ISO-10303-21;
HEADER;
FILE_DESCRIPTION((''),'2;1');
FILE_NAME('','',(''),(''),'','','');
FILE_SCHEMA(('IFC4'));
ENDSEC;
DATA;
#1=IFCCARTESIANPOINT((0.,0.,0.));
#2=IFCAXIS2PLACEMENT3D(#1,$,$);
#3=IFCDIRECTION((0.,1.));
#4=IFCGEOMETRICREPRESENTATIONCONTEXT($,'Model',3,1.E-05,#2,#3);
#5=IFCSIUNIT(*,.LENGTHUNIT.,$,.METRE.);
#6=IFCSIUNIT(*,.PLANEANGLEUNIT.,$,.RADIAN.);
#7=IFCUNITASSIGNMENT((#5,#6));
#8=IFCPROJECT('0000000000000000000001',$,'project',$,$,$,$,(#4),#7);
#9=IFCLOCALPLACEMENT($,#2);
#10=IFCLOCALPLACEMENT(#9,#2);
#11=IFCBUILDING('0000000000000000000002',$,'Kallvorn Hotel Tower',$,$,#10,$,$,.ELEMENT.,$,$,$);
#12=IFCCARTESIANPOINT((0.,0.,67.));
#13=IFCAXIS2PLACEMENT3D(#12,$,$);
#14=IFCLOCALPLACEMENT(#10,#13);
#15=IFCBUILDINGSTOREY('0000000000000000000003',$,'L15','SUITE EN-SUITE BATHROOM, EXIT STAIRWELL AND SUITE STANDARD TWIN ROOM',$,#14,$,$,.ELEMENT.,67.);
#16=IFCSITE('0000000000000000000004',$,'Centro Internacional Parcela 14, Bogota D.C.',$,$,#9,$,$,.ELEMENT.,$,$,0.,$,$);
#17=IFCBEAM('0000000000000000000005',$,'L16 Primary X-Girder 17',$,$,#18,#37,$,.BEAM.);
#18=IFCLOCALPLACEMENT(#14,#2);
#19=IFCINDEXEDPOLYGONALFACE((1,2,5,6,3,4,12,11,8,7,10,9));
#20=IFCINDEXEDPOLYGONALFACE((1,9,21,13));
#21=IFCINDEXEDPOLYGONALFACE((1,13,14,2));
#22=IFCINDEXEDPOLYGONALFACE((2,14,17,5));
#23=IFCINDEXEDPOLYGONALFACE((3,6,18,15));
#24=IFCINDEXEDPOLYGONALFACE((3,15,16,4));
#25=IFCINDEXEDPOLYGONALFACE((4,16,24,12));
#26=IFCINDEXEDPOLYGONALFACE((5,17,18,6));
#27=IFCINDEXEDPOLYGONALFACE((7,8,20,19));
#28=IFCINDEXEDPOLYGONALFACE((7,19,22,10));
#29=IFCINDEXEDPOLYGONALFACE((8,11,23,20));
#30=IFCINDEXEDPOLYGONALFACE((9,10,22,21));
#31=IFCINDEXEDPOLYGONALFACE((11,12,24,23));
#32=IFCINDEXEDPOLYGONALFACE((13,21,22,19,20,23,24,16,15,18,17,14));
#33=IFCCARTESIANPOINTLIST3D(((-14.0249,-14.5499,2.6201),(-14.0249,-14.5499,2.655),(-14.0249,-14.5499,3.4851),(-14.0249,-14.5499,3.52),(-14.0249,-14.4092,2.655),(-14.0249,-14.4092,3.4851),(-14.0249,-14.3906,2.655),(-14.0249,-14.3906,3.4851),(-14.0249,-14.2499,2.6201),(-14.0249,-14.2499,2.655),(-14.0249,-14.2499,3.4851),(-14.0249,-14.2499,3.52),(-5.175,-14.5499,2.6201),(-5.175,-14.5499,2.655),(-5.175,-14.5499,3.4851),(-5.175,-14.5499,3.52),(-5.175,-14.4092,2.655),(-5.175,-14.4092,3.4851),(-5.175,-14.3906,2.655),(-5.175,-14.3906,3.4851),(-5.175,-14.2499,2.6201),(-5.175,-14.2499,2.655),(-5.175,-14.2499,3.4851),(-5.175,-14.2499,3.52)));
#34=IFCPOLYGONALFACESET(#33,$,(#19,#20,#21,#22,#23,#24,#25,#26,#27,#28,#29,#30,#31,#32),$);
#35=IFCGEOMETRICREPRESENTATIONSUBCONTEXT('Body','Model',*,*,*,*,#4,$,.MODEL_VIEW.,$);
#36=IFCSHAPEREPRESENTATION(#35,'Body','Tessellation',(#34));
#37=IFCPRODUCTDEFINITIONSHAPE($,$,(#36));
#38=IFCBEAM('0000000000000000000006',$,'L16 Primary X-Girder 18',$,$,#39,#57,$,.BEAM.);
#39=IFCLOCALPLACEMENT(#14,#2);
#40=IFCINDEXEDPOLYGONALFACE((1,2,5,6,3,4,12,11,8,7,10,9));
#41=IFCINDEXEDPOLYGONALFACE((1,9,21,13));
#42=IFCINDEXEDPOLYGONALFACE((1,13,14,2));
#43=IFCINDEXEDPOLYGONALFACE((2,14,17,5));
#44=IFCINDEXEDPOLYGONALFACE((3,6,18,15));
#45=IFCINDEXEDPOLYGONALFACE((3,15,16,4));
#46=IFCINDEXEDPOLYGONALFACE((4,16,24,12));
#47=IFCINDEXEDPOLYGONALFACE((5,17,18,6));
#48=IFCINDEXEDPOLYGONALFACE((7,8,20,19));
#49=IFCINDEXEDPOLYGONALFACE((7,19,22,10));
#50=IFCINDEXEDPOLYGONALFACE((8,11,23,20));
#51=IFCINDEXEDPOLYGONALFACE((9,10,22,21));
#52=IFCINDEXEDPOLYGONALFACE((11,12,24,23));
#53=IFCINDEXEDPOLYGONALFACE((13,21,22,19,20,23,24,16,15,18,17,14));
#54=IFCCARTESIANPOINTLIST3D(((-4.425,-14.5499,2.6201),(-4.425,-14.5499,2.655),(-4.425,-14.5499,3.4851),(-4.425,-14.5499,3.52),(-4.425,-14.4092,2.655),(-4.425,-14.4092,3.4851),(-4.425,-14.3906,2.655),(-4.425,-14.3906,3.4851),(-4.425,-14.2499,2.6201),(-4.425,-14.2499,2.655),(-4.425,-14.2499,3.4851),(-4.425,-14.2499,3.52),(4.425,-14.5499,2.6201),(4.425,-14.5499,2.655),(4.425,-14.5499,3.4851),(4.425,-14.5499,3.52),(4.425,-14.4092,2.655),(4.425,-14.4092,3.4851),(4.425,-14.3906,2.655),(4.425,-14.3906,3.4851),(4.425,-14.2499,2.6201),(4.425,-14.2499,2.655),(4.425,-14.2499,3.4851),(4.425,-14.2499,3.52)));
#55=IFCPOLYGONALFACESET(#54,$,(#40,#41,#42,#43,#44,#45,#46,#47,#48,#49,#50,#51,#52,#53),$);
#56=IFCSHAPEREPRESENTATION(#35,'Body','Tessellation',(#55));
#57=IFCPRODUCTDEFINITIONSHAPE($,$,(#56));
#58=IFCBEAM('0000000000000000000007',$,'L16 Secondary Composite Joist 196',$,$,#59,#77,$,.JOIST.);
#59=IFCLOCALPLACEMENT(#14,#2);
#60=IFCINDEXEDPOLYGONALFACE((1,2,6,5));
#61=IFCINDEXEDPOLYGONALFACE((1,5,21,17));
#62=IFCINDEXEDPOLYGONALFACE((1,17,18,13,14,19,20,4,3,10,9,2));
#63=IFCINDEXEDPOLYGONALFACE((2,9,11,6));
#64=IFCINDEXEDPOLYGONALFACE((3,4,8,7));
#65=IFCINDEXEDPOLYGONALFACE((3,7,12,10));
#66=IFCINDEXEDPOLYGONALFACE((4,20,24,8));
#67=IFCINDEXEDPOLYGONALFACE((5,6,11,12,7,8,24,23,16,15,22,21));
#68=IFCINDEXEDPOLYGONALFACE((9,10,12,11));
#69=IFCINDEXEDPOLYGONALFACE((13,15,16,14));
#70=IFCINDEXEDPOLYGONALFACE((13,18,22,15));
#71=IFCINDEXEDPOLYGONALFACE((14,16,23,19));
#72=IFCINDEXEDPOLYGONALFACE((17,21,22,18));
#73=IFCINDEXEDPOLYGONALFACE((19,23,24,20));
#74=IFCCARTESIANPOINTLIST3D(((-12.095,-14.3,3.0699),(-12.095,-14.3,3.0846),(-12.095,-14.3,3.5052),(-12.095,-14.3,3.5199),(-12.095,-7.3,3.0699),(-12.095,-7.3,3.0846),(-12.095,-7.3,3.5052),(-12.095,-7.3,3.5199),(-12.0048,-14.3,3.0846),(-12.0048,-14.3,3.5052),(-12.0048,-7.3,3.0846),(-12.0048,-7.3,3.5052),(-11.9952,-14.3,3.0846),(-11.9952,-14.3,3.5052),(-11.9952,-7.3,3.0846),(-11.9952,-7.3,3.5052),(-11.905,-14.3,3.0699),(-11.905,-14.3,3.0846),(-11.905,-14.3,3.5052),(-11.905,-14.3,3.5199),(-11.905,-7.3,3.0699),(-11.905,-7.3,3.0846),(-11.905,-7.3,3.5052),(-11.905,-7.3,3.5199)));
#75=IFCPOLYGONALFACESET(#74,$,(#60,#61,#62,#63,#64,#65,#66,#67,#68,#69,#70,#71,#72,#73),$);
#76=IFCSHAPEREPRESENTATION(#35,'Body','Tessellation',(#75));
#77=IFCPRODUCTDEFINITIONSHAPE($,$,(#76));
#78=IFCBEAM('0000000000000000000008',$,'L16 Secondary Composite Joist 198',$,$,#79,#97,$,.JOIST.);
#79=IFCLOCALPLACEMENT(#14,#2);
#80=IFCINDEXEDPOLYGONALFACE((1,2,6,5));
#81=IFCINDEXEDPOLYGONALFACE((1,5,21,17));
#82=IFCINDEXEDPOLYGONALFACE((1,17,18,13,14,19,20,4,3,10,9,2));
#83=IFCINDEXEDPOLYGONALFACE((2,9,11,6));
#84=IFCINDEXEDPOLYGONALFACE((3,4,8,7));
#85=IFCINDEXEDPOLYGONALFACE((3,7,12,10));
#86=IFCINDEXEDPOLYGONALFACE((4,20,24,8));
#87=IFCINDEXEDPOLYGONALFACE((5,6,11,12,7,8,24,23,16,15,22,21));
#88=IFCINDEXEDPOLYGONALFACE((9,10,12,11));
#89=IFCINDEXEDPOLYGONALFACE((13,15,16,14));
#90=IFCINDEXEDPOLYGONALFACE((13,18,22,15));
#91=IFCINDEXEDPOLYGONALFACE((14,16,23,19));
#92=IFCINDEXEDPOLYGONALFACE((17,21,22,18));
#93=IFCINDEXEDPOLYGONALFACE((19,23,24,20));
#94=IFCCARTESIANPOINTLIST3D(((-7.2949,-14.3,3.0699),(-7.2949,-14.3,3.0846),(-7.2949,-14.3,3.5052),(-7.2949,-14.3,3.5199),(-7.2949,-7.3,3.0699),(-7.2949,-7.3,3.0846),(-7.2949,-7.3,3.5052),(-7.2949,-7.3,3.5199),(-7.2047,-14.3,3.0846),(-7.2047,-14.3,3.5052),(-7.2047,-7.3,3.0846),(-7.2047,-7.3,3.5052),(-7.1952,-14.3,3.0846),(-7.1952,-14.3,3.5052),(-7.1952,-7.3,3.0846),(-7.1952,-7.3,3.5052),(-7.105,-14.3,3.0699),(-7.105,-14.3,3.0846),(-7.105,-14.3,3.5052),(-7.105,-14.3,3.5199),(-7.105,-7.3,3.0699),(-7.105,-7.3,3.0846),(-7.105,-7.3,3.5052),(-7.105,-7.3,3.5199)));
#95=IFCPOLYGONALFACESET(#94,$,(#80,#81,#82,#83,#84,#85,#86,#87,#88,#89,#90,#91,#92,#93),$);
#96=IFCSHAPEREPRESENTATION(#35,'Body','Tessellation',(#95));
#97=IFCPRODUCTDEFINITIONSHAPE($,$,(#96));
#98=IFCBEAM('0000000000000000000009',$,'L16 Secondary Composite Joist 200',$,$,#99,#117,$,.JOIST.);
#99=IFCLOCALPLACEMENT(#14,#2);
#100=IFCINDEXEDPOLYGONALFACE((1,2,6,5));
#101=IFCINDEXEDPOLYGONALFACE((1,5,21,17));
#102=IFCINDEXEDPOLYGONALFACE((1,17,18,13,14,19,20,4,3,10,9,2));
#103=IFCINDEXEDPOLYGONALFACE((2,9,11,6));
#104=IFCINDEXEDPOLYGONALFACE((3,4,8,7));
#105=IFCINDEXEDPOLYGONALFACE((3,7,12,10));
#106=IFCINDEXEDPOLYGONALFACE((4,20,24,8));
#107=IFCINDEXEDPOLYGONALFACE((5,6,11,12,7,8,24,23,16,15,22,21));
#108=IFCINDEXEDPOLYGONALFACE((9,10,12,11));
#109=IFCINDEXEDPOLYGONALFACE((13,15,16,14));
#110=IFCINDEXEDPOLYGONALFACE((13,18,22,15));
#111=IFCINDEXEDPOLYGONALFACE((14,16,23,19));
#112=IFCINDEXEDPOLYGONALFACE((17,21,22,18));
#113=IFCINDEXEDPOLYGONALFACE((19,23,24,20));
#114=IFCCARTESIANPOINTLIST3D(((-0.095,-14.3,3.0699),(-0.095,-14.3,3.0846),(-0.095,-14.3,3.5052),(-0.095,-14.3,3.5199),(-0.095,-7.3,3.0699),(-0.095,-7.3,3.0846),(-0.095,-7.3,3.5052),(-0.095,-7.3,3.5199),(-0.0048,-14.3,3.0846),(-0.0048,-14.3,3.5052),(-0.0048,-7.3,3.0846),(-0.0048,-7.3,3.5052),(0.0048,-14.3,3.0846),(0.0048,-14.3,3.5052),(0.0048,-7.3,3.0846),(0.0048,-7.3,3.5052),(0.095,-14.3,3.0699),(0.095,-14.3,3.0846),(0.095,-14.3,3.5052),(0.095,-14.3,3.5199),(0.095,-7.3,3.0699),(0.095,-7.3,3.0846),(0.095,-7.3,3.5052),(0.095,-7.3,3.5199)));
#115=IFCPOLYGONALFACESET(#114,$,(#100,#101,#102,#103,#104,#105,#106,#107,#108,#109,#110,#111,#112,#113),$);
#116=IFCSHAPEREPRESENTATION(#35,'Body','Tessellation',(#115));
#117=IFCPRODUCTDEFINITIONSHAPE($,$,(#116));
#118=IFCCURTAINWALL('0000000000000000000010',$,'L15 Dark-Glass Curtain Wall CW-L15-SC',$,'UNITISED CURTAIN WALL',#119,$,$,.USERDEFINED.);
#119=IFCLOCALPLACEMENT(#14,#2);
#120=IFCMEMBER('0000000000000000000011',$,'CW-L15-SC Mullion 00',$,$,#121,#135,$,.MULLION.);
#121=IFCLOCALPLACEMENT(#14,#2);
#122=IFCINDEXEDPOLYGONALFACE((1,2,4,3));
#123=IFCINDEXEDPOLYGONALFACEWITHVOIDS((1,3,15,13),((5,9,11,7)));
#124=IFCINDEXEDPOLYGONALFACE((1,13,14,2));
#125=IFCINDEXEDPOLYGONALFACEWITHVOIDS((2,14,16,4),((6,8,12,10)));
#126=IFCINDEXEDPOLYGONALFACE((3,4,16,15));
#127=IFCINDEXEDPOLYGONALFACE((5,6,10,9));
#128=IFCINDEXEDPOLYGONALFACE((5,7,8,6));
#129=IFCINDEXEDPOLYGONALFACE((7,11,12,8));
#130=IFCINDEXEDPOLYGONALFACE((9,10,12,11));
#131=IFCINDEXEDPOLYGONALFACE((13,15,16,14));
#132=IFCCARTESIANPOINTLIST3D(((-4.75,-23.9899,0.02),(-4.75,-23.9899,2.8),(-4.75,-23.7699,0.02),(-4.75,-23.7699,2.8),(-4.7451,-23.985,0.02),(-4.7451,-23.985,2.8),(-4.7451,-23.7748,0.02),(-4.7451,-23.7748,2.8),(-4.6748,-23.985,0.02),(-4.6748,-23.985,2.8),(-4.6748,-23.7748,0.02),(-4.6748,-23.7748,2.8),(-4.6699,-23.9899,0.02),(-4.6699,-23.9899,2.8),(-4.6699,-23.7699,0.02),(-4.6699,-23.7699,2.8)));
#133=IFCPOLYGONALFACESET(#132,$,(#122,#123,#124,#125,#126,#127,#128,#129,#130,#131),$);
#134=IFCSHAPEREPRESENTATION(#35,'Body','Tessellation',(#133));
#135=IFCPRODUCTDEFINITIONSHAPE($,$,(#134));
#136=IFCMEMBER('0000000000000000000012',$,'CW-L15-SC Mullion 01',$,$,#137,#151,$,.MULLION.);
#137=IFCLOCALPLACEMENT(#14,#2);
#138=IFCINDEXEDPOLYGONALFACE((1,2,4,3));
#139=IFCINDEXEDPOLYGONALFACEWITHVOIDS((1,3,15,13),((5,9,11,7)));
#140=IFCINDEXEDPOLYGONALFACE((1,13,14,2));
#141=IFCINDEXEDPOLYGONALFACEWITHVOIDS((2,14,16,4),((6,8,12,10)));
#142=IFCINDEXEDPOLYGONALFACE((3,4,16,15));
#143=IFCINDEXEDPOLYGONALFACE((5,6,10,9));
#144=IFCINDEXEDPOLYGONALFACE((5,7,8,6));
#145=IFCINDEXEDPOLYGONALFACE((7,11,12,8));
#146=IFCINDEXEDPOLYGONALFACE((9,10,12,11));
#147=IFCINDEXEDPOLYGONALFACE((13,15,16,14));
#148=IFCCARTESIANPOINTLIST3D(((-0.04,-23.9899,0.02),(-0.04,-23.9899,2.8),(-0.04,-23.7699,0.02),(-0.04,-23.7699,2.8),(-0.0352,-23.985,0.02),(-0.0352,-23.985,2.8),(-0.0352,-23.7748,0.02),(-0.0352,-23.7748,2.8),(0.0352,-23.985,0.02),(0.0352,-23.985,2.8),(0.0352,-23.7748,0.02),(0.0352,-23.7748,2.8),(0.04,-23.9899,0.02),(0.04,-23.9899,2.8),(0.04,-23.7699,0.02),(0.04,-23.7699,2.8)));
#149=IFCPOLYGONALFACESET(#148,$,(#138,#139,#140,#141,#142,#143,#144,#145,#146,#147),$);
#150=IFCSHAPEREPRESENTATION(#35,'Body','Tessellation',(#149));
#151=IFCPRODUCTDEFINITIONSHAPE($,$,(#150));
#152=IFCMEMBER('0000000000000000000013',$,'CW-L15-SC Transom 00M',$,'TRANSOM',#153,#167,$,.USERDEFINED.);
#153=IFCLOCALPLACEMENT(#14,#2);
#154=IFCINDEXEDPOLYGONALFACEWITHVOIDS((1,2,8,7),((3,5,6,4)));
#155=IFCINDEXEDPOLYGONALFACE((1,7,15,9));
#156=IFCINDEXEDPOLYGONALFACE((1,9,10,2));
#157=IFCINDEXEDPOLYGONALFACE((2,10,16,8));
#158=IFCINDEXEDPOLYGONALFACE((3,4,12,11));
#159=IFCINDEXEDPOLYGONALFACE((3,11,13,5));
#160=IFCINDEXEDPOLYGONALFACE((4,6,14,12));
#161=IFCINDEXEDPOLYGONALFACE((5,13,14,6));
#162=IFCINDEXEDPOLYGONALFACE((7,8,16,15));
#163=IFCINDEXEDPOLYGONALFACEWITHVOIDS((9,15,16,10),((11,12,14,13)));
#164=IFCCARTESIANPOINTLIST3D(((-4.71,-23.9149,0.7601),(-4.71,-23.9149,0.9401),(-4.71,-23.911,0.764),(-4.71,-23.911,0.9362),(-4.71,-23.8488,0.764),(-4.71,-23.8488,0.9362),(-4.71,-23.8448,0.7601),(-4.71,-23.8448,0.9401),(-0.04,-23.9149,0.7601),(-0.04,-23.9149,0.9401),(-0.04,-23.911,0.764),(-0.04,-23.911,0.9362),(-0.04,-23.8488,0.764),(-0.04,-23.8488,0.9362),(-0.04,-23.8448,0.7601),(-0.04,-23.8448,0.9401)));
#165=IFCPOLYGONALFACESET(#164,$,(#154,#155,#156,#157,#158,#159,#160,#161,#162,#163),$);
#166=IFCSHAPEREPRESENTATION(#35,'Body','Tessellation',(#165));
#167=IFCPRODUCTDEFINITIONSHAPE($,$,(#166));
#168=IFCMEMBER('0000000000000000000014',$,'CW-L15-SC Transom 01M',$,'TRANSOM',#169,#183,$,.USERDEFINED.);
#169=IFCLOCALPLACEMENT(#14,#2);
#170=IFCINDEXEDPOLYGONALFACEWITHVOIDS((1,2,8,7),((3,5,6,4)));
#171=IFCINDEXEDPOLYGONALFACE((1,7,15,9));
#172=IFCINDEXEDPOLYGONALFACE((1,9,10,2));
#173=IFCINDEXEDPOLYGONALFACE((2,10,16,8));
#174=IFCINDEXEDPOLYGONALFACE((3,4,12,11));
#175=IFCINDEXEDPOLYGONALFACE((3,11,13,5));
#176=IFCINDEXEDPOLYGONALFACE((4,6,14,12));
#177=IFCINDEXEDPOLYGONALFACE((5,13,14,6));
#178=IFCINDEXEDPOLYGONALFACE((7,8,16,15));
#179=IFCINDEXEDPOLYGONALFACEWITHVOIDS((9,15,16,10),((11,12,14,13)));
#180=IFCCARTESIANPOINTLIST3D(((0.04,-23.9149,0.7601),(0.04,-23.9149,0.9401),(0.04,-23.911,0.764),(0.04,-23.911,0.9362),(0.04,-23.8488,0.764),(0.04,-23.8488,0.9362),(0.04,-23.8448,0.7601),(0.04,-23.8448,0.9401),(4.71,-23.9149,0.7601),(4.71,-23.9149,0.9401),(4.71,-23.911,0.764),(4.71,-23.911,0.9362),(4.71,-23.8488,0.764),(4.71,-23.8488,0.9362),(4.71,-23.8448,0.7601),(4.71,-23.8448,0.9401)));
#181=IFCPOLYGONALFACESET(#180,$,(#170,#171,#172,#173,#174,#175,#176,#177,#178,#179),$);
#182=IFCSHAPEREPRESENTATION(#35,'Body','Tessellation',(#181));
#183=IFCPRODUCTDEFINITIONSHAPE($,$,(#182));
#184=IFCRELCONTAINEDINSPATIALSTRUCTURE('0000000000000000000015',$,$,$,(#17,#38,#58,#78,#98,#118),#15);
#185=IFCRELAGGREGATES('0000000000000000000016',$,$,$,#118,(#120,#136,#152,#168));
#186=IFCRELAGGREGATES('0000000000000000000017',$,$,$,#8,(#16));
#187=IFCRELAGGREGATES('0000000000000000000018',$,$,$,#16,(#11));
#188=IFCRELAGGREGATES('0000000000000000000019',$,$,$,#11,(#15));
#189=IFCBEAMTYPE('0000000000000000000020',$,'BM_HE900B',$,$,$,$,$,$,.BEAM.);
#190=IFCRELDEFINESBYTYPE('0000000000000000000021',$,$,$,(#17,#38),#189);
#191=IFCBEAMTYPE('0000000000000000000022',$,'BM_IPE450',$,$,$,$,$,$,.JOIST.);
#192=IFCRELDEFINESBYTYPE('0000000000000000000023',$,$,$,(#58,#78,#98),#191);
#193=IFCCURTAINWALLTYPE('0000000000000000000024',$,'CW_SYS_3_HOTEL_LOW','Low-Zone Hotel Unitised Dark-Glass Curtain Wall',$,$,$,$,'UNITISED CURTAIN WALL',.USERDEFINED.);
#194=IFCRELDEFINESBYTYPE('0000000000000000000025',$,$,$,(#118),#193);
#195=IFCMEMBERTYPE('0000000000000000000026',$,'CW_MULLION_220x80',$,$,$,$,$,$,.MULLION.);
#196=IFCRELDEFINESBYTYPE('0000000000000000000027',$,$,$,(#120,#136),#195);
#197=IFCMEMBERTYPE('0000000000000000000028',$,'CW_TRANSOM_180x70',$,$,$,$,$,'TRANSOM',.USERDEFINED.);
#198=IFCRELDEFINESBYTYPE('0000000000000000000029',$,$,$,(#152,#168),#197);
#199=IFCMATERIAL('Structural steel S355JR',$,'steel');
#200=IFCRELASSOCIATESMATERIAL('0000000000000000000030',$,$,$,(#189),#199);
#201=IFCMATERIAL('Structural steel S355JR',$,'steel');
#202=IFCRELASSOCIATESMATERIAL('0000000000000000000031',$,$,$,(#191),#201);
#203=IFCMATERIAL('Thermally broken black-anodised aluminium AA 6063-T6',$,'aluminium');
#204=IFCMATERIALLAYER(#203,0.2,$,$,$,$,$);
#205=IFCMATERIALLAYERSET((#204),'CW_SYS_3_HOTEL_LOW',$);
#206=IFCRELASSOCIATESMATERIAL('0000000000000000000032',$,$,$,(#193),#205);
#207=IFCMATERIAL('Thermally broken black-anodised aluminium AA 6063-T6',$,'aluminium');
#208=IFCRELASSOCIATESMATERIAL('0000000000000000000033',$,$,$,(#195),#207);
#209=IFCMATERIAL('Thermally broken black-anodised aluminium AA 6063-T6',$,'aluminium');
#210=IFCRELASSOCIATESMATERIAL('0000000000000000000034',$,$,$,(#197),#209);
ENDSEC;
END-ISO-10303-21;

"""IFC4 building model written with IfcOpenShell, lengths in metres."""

from ifc_helpers import new_model, si_unit, direction, frame, origin, origin_2d, place, context, subcontext, project, spatial, hollow_rectangle, i_section, extrude, material, layer, layer_set, material_profile, profile_set, type_object, element, aggregate, save


model = new_model("IFC4")

# Units and contexts
model_context = context("Model", 3, precision=1e-05, world=origin(), true_north=direction((0.0, 1.0)))
body_context = subcontext(model_context, "Body", "Model", "MODEL_VIEW")
ifc_project = project(units=[si_unit("LENGTHUNIT", "METRE"), si_unit("PLANEANGLEUNIT", "RADIAN")], contexts=[model_context])

# Site, building, storey
site_placement = place(None, origin())
site = spatial("IfcSite", under=ifc_project, at=site_placement, Name="Centro Internacional Parcela 14, Bogota D.C.", CompositionType="ELEMENT", RefElevation=0.0)
building_placement = place(site_placement, origin())
building = spatial("IfcBuilding", under=site, at=building_placement, Name="Kallvorn Hotel Tower", CompositionType="ELEMENT")
storey_placement = place(building_placement, frame((0.0, 0.0, 67.0)))
storey = spatial("IfcBuildingStorey", under=building, at=storey_placement, Name="L15", Description="SUITE EN-SUITE BATHROOM, EXIT STAIRWELL AND SUITE STANDARD TWIN ROOM", CompositionType="ELEMENT", Elevation=67.0)

# Beams
ifc_material_1 = material(Name="Structural steel S355JR", Category="steel")
ifc_material_profile_1 = material_profile(ifc_material_1, i_section(OverallWidth=0.3, OverallDepth=0.8999, WebThickness=0.0186, FlangeThickness=0.0349, at=origin_2d()), Name="HE 900 B")
ifc_profile_set_1 = profile_set([ifc_material_profile_1], Name="Structural steel S355JR")
beam_type_1 = type_object("IfcBeamType", Name="BM_HE900B", PredefinedType="BEAM", material=ifc_profile_set_1)
beam_1_placement = place(storey_placement, frame((-14.0249, -14.3999, 3.0701), z_axis=(1.0, 0.0, 0.0), x_axis=(0.0, 1.0, 0.0)))
element("IfcBeam", 1, at=beam_1_placement, inside=storey, type_object=beam_type_1, Name="L16 Primary X-Girder 17", PredefinedType="BEAM", context=body_context, shape_type="SweptSolid", body=[
    extrude(i_section(OverallWidth=0.3, OverallDepth=0.8999, WebThickness=0.0186, FlangeThickness=0.0349, at=origin_2d()), origin(), (0.0, 0.0, 1.0), 8.8499),
])
beam_2_placement = place(storey_placement, frame((-4.425, -14.3999, 3.0701), z_axis=(1.0, 0.0, 0.0), x_axis=(0.0, 1.0, 0.0)))
element("IfcBeam", 2, at=beam_2_placement, inside=storey, type_object=beam_type_1, Name="L16 Primary X-Girder 18", PredefinedType="BEAM", context=body_context, shape_type="SweptSolid", body=[
    extrude(i_section(OverallWidth=0.3, OverallDepth=0.8999, WebThickness=0.0186, FlangeThickness=0.0349, at=origin_2d()), origin(), (0.0, 0.0, 1.0), 8.8501),
])
ifc_material_2 = material(Name="Structural steel S355JR", Category="steel")
ifc_material_profile_2 = material_profile(ifc_material_2, i_section(OverallWidth=0.1899, OverallDepth=0.45, WebThickness=0.0095, FlangeThickness=0.0146, at=origin_2d()), Name="IPE 450")
ifc_profile_set_2 = profile_set([ifc_material_profile_2], Name="Structural steel S355JR")
beam_type_2 = type_object("IfcBeamType", Name="BM_IPE450", PredefinedType="JOIST", material=ifc_profile_set_2)
for number, where, z_axis, x_axis, name in (
    (3, (-12.0, -14.3, 3.2949), (0.0, 1.0, 0.0), (-1.0, 0.0, 0.0), "L16 Secondary Composite Joist 196"),
    (4, (-7.2, -14.3, 3.2949), (0.0, 1.0, 0.0), (-1.0, 0.0, 0.0), "L16 Secondary Composite Joist 198"),
    (5, (0.0, -14.3, 3.2949), (0.0, 1.0, 0.0), (-1.0, 0.0, 0.0), "L16 Secondary Composite Joist 200"),
):
    element("IfcBeam", number, at=place(storey_placement, frame(where, z_axis=z_axis, x_axis=x_axis)), inside=storey, type_object=beam_type_2, Name=name, PredefinedType="JOIST", context=body_context, shape_type="SweptSolid", body=[
        extrude(i_section(OverallWidth=0.1899, OverallDepth=0.45, WebThickness=0.0095, FlangeThickness=0.0146, at=origin_2d()), origin(), (0.0, 0.0, 1.0), 7.0),
    ])

# Curtain wall, members
ifc_material_3 = material(Name="Thermally broken black-anodised aluminium AA 6063-T6", Category="aluminium")
ifc_layer_1 = layer(ifc_material_3, 0.2)
ifc_layer_set_1 = layer_set([ifc_layer_1], Name="CW_SYS_3_HOTEL_LOW")
curtain_wall_type = type_object("IfcCurtainWallType", Name="CW_SYS_3_HOTEL_LOW", Description="Low-Zone Hotel Unitised Dark-Glass Curtain Wall", ElementType="UNITISED CURTAIN WALL", PredefinedType="USERDEFINED", material=ifc_layer_set_1)
curtain_wall_placement = place(storey_placement, origin())
curtain_wall = element("IfcCurtainWall", 6, at=curtain_wall_placement, inside=storey, type_object=curtain_wall_type, Name="L15 Dark-Glass Curtain Wall CW-L15-SC", ObjectType="UNITISED CURTAIN WALL", PredefinedType="USERDEFINED")
ifc_material_4 = material(Name="Thermally broken black-anodised aluminium AA 6063-T6", Category="aluminium")
ifc_material_profile_3 = material_profile(ifc_material_4, hollow_rectangle(XDim=0.0801, YDim=0.22, WallThickness=0.0049, at=origin_2d()), Name="MUL 220x80")
ifc_profile_set_3 = profile_set([ifc_material_profile_3], Name="Thermally broken black-anodised aluminium AA 6063-T6")
member_type_1 = type_object("IfcMemberType", Name="CW_MULLION_220x80", PredefinedType="MULLION", material=ifc_profile_set_3)
member_1_placement = place(storey_placement, frame((-4.71, -23.8799, 0.02), z_axis=(0.0, 0.0, 1.0), x_axis=(1.0, 0.0, 0.0)))
member_1 = element("IfcMember", 7, at=member_1_placement, type_object=member_type_1, Name="CW-L15-SC Mullion 00", PredefinedType="MULLION", context=body_context, shape_type="SweptSolid", body=[
    extrude(hollow_rectangle(XDim=0.0801, YDim=0.22, WallThickness=0.0049, at=origin_2d()), origin(), (0.0, 0.0, 1.0), 2.78),
])
member_2_placement = place(storey_placement, frame((0.0, -23.8799, 0.02), z_axis=(0.0, 0.0, 1.0), x_axis=(1.0, 0.0, 0.0)))
member_2 = element("IfcMember", 8, at=member_2_placement, type_object=member_type_1, Name="CW-L15-SC Mullion 01", PredefinedType="MULLION", context=body_context, shape_type="SweptSolid", body=[
    extrude(hollow_rectangle(XDim=0.0801, YDim=0.22, WallThickness=0.0049, at=origin_2d()), origin(), (0.0, 0.0, 1.0), 2.78),
])
ifc_material_5 = material(Name="Thermally broken black-anodised aluminium AA 6063-T6", Category="aluminium")
ifc_material_profile_4 = material_profile(ifc_material_5, hollow_rectangle(XDim=0.0701, YDim=0.1799, WallThickness=0.0039, at=origin_2d()), Name="TRN 180x70")
ifc_profile_set_4 = profile_set([ifc_material_profile_4], Name="Thermally broken black-anodised aluminium AA 6063-T6")
member_type_2 = type_object("IfcMemberType", Name="CW_TRANSOM_180x70", ElementType="TRANSOM", PredefinedType="USERDEFINED", material=ifc_profile_set_4)
member_3_placement = place(storey_placement, frame((-4.71, -23.8799, 0.8501), z_axis=(1.0, 0.0, 0.0), x_axis=(0.0, 1.0, 0.0)))
member_3 = element("IfcMember", 9, at=member_3_placement, type_object=member_type_2, Name="CW-L15-SC Transom 00M", ObjectType="TRANSOM", PredefinedType="USERDEFINED", context=body_context, shape_type="SweptSolid", body=[
    extrude(hollow_rectangle(XDim=0.0701, YDim=0.1799, WallThickness=0.0039, at=origin_2d()), origin(), (0.0, 0.0, 1.0), 4.6699),
])
member_4_placement = place(storey_placement, frame((0.04, -23.8799, 0.8501), z_axis=(1.0, 0.0, 0.0), x_axis=(0.0, 1.0, 0.0)))
member_4 = element("IfcMember", 10, at=member_4_placement, type_object=member_type_2, Name="CW-L15-SC Transom 01M", ObjectType="TRANSOM", PredefinedType="USERDEFINED", context=body_context, shape_type="SweptSolid", body=[
    extrude(hollow_rectangle(XDim=0.0701, YDim=0.1799, WallThickness=0.0039, at=origin_2d()), origin(), (0.0, 0.0, 1.0), 4.6699),
])
aggregate(curtain_wall, [member_1, member_2, member_3, member_4])

save(model, "model.ifc")
